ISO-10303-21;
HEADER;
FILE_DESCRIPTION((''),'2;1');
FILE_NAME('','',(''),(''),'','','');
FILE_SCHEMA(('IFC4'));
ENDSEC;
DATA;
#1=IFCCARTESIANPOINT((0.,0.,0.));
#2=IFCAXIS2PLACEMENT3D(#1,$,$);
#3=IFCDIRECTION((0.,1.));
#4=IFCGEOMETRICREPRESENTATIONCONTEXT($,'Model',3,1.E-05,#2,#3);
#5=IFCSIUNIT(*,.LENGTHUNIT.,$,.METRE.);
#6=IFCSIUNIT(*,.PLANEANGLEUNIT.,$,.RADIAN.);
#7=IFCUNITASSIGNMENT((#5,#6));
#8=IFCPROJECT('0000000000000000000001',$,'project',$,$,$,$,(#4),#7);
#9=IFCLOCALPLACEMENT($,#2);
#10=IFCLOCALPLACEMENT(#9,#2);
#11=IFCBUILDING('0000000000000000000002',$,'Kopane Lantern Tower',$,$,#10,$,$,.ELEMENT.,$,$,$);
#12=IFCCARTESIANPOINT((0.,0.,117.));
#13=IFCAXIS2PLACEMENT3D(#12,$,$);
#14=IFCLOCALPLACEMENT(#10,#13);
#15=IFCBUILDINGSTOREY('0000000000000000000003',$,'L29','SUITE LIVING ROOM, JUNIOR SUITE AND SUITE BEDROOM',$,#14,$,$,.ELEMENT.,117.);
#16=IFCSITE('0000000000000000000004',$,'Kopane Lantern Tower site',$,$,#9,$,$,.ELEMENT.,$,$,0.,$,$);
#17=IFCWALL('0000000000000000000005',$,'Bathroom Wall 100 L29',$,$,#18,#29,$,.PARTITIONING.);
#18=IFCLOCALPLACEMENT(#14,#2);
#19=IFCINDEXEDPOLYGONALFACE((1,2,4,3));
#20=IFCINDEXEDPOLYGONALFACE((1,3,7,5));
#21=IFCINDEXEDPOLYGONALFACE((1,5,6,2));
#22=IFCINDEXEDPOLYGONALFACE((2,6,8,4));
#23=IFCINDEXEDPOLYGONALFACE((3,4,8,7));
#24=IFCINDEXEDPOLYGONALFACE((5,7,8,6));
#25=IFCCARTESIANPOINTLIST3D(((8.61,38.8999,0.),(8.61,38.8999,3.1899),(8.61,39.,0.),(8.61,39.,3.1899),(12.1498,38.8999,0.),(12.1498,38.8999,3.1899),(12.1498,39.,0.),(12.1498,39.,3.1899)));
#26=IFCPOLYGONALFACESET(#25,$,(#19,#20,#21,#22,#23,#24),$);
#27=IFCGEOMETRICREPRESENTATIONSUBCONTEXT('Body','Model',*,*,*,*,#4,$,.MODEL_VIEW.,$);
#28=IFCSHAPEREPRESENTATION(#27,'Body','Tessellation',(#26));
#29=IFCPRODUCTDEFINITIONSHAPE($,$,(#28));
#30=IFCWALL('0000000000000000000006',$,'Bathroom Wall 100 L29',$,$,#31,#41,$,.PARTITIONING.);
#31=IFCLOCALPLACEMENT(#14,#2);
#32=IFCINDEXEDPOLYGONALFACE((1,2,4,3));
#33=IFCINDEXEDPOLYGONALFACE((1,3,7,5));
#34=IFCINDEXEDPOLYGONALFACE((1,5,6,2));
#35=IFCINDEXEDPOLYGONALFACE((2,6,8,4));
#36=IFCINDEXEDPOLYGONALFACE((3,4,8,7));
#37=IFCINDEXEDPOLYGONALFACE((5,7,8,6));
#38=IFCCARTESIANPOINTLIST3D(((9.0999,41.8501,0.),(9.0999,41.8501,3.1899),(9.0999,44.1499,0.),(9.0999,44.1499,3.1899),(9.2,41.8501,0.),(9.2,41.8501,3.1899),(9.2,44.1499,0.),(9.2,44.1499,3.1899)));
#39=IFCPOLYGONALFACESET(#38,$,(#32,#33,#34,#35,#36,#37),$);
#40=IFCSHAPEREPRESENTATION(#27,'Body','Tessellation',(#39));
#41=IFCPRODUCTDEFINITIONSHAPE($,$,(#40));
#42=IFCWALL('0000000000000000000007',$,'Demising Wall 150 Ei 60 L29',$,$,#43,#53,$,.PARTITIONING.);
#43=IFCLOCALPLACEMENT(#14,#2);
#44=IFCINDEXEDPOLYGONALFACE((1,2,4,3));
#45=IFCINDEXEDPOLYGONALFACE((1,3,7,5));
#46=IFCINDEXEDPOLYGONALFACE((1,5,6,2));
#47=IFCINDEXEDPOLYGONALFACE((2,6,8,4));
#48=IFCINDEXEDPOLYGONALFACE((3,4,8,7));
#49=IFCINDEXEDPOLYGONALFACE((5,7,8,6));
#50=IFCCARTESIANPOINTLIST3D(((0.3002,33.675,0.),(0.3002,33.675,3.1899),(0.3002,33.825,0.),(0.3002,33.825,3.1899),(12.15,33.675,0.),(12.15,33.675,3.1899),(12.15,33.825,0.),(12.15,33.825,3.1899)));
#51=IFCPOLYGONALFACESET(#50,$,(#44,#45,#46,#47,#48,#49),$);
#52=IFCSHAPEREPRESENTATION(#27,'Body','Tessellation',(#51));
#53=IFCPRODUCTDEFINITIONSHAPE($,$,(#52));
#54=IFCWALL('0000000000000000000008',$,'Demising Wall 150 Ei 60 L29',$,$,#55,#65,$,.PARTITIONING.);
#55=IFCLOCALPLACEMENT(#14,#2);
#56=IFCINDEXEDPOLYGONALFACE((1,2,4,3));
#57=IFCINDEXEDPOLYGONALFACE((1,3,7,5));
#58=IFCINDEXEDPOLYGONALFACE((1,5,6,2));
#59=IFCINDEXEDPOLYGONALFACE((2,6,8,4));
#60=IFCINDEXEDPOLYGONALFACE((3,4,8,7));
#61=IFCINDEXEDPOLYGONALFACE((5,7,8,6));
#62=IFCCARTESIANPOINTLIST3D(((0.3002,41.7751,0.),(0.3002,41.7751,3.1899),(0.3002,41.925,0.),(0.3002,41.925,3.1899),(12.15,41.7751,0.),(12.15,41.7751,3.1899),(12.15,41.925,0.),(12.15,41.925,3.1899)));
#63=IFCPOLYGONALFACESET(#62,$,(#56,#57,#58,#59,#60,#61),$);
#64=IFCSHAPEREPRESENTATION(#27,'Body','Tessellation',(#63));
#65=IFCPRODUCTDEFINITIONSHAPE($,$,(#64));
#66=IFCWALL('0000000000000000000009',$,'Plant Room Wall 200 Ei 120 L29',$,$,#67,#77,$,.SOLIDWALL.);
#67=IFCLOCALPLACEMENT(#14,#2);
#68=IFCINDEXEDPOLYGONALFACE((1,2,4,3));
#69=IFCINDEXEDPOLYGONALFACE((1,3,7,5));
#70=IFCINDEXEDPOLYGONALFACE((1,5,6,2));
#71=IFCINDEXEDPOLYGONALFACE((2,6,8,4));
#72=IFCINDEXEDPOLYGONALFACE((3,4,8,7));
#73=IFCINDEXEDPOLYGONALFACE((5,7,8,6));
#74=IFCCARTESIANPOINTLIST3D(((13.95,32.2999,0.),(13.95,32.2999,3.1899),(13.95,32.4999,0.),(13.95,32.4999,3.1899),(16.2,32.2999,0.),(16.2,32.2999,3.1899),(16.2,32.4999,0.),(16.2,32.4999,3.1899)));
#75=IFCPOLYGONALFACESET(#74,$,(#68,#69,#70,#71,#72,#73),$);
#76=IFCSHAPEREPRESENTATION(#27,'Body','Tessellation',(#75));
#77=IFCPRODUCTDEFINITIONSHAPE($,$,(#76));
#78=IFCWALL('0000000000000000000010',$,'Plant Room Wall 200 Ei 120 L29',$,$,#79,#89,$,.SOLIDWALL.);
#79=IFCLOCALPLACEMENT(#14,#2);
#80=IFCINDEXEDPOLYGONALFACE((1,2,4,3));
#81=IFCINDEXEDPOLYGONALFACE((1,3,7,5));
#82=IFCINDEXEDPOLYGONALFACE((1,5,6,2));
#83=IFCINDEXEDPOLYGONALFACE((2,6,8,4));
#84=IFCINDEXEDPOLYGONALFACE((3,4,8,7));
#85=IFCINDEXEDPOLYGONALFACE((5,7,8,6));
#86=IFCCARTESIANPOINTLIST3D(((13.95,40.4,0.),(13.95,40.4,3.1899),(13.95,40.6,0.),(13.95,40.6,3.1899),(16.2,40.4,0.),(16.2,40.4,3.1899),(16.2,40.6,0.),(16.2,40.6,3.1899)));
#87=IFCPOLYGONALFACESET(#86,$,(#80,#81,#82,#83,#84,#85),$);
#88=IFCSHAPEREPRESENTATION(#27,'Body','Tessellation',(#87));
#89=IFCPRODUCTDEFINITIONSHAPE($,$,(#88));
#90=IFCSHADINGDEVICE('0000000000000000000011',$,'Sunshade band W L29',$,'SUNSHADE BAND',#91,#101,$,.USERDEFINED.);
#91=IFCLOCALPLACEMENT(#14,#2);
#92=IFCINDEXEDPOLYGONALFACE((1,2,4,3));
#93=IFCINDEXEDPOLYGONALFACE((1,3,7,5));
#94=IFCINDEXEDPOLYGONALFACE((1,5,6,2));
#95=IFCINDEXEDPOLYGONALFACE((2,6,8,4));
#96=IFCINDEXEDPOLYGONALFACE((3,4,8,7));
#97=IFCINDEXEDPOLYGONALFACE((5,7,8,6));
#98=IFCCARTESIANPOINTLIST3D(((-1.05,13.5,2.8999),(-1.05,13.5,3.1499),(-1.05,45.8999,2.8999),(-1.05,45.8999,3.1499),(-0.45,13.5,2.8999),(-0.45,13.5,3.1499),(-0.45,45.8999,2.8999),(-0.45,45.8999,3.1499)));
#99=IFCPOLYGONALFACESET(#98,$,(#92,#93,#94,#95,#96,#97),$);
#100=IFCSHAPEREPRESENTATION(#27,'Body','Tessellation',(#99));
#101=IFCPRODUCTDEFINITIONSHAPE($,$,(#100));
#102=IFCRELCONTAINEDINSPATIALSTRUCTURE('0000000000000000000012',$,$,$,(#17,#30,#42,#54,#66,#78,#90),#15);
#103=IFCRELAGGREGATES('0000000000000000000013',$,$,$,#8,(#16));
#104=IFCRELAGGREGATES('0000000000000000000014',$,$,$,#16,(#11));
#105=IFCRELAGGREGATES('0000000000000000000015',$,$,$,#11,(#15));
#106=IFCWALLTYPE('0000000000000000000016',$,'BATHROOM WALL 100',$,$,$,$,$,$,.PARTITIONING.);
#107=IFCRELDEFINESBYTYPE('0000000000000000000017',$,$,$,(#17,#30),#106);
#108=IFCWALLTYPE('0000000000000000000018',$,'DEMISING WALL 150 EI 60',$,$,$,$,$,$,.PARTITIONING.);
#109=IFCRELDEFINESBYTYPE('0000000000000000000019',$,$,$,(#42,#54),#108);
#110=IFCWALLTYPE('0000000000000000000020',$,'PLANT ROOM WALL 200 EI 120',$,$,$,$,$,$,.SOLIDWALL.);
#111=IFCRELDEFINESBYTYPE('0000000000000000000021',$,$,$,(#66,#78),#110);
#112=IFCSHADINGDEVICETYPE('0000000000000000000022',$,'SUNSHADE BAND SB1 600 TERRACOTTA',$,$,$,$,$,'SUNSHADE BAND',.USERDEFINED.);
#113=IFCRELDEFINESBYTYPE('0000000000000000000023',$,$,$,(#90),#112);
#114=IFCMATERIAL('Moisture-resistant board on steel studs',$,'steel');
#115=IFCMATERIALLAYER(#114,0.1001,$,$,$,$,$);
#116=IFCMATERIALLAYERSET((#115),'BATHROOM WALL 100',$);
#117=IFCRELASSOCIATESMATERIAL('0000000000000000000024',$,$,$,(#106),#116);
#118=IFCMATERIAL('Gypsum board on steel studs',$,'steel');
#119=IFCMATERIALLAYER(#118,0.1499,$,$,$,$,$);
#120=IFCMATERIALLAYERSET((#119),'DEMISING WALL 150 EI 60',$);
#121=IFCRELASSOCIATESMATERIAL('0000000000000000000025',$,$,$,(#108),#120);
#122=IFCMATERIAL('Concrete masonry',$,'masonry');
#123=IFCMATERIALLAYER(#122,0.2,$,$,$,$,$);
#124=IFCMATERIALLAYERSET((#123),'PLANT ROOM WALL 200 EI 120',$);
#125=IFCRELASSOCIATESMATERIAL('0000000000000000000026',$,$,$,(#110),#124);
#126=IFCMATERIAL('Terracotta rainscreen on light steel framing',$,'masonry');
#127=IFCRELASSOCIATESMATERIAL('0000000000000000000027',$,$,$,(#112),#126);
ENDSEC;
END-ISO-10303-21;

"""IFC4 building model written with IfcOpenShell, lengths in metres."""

from ifc_helpers import new_model, si_unit, direction, frame, frame_2d, origin, origin_2d, place, context, subcontext, project, spatial, rectangle, extrude, material, layer, layer_set, type_object, element, save


model = new_model("IFC4")

# Units and contexts
model_context = context("Model", 3, precision=1e-05, world=origin(), true_north=direction((0.0, 1.0)))
body_context = subcontext(model_context, "Body", "Model", "MODEL_VIEW")
ifc_project = project(units=[si_unit("LENGTHUNIT", "METRE"), si_unit("PLANEANGLEUNIT", "RADIAN")], contexts=[model_context])

# Site, building, storey
site_placement = place(None, origin())
site = spatial("IfcSite", under=ifc_project, at=site_placement, Name="Kopane Lantern Tower site", CompositionType="ELEMENT", RefElevation=0.0)
building_placement = place(site_placement, origin())
building = spatial("IfcBuilding", under=site, at=building_placement, Name="Kopane Lantern Tower", CompositionType="ELEMENT")
storey_placement = place(building_placement, frame((0.0, 0.0, 117.0)))
storey = spatial("IfcBuildingStorey", under=building, at=storey_placement, Name="L29", Description="SUITE LIVING ROOM, JUNIOR SUITE AND SUITE BEDROOM", CompositionType="ELEMENT", Elevation=117.0)

# Shared definitions
ifc_material_1 = material(Name="Moisture-resistant board on steel studs", Category="steel")
ifc_layer_1 = layer(ifc_material_1, 0.1001)
ifc_layer_set_1 = layer_set([ifc_layer_1], Name="BATHROOM WALL 100")
wall_type_1 = type_object("IfcWallType", Name="BATHROOM WALL 100", PredefinedType="PARTITIONING", material=ifc_layer_set_1)

# Walls
for number, where, z_axis, x_axis, name in (
    (1, (12.1499, 38.95, 0.0), (0.0, 0.0, 1.0), (-1.0, 0.0, 0.0), "Bathroom Wall 100 L29"),
):
    element("IfcWall", number, at=place(storey_placement, frame(where, z_axis=z_axis, x_axis=x_axis)), inside=storey, type_object=wall_type_1, Name=name, PredefinedType="PARTITIONING", context=body_context, shape_type="SweptSolid", body=[
        extrude(rectangle(XDim=3.5398, YDim=0.1001, at=frame_2d((1.77, 0.0))), origin(), (0.0, 0.0, 1.0), 3.1899),
    ])
wall_1_placement = place(storey_placement, frame((9.1499, 41.8501, 0.0), z_axis=(0.0, 0.0, 1.0), x_axis=(0.0, 1.0, 0.0)))
element("IfcWall", 2, at=wall_1_placement, inside=storey, type_object=wall_type_1, Name="Bathroom Wall 100 L29", PredefinedType="PARTITIONING", context=body_context, shape_type="SweptSolid", body=[
    extrude(rectangle(XDim=2.2998, YDim=0.1001, at=frame_2d((1.1499, 0.0))), origin(), (0.0, 0.0, 1.0), 3.1899),
])
ifc_material_2 = material(Name="Gypsum board on steel studs", Category="steel")
ifc_layer_2 = layer(ifc_material_2, 0.1499)
ifc_layer_set_2 = layer_set([ifc_layer_2], Name="DEMISING WALL 150 EI 60")
wall_type_2 = type_object("IfcWallType", Name="DEMISING WALL 150 EI 60", PredefinedType="PARTITIONING", material=ifc_layer_set_2)
for number, where, z_axis, x_axis, name in (
    (3, (12.1499, 33.75, 0.0), (0.0, 0.0, 1.0), (-1.0, 0.0, 0.0), "Demising Wall 150 Ei 60 L29"),
    (4, (12.1499, 41.8501, 0.0), (0.0, 0.0, 1.0), (-1.0, 0.0, 0.0), "Demising Wall 150 Ei 60 L29"),
):
    element("IfcWall", number, at=place(storey_placement, frame(where, z_axis=z_axis, x_axis=x_axis)), inside=storey, type_object=wall_type_2, Name=name, PredefinedType="PARTITIONING", context=body_context, shape_type="SweptSolid", body=[
        extrude(rectangle(XDim=11.8499, YDim=0.1499, at=frame_2d((5.9248, 0.0))), origin(), (0.0, 0.0, 1.0), 3.1899),
    ])
ifc_material_3 = material(Name="Concrete masonry", Category="masonry")
ifc_layer_3 = layer(ifc_material_3, 0.2)
ifc_layer_set_3 = layer_set([ifc_layer_3], Name="PLANT ROOM WALL 200 EI 120")
wall_type_3 = type_object("IfcWallType", Name="PLANT ROOM WALL 200 EI 120", PredefinedType="SOLIDWALL", material=ifc_layer_set_3)
for number, where, z_axis, x_axis, name in (
    (5, (13.95, 32.3999, 0.0), (0.0, 0.0, 1.0), (1.0, 0.0, 0.0), "Plant Room Wall 200 Ei 120 L29"),
    (6, (13.95, 40.5, 0.0), (0.0, 0.0, 1.0), (1.0, 0.0, 0.0), "Plant Room Wall 200 Ei 120 L29"),
):
    element("IfcWall", number, at=place(storey_placement, frame(where, z_axis=z_axis, x_axis=x_axis)), inside=storey, type_object=wall_type_3, Name=name, PredefinedType="SOLIDWALL", context=body_context, shape_type="SweptSolid", body=[
        extrude(rectangle(XDim=2.25, YDim=0.2, at=frame_2d((1.125, 0.0))), origin(), (0.0, 0.0, 1.0), 3.1899),
    ])

# Shading device
ifc_material_4 = material(Name="Terracotta rainscreen on light steel framing", Category="masonry")
shading_device_type = type_object("IfcShadingDeviceType", Name="SUNSHADE BAND SB1 600 TERRACOTTA", ElementType="SUNSHADE BAND", PredefinedType="USERDEFINED", material=ifc_material_4)
shading_device_placement = place(storey_placement, frame((-0.75, 29.7, 2.8999), z_axis=(0.0, 0.0, 1.0), x_axis=(0.0, -1.0, 0.0)))
element("IfcShadingDevice", 7, at=shading_device_placement, inside=storey, type_object=shading_device_type, Name="Sunshade band W L29", ObjectType="SUNSHADE BAND", PredefinedType="USERDEFINED", context=body_context, shape_type="SweptSolid", body=[
    extrude(rectangle(XDim=32.3999, YDim=0.6001, at=origin_2d()), origin(), (0.0, 0.0, 1.0), 0.25),
])

save(model, "model.ifc")
